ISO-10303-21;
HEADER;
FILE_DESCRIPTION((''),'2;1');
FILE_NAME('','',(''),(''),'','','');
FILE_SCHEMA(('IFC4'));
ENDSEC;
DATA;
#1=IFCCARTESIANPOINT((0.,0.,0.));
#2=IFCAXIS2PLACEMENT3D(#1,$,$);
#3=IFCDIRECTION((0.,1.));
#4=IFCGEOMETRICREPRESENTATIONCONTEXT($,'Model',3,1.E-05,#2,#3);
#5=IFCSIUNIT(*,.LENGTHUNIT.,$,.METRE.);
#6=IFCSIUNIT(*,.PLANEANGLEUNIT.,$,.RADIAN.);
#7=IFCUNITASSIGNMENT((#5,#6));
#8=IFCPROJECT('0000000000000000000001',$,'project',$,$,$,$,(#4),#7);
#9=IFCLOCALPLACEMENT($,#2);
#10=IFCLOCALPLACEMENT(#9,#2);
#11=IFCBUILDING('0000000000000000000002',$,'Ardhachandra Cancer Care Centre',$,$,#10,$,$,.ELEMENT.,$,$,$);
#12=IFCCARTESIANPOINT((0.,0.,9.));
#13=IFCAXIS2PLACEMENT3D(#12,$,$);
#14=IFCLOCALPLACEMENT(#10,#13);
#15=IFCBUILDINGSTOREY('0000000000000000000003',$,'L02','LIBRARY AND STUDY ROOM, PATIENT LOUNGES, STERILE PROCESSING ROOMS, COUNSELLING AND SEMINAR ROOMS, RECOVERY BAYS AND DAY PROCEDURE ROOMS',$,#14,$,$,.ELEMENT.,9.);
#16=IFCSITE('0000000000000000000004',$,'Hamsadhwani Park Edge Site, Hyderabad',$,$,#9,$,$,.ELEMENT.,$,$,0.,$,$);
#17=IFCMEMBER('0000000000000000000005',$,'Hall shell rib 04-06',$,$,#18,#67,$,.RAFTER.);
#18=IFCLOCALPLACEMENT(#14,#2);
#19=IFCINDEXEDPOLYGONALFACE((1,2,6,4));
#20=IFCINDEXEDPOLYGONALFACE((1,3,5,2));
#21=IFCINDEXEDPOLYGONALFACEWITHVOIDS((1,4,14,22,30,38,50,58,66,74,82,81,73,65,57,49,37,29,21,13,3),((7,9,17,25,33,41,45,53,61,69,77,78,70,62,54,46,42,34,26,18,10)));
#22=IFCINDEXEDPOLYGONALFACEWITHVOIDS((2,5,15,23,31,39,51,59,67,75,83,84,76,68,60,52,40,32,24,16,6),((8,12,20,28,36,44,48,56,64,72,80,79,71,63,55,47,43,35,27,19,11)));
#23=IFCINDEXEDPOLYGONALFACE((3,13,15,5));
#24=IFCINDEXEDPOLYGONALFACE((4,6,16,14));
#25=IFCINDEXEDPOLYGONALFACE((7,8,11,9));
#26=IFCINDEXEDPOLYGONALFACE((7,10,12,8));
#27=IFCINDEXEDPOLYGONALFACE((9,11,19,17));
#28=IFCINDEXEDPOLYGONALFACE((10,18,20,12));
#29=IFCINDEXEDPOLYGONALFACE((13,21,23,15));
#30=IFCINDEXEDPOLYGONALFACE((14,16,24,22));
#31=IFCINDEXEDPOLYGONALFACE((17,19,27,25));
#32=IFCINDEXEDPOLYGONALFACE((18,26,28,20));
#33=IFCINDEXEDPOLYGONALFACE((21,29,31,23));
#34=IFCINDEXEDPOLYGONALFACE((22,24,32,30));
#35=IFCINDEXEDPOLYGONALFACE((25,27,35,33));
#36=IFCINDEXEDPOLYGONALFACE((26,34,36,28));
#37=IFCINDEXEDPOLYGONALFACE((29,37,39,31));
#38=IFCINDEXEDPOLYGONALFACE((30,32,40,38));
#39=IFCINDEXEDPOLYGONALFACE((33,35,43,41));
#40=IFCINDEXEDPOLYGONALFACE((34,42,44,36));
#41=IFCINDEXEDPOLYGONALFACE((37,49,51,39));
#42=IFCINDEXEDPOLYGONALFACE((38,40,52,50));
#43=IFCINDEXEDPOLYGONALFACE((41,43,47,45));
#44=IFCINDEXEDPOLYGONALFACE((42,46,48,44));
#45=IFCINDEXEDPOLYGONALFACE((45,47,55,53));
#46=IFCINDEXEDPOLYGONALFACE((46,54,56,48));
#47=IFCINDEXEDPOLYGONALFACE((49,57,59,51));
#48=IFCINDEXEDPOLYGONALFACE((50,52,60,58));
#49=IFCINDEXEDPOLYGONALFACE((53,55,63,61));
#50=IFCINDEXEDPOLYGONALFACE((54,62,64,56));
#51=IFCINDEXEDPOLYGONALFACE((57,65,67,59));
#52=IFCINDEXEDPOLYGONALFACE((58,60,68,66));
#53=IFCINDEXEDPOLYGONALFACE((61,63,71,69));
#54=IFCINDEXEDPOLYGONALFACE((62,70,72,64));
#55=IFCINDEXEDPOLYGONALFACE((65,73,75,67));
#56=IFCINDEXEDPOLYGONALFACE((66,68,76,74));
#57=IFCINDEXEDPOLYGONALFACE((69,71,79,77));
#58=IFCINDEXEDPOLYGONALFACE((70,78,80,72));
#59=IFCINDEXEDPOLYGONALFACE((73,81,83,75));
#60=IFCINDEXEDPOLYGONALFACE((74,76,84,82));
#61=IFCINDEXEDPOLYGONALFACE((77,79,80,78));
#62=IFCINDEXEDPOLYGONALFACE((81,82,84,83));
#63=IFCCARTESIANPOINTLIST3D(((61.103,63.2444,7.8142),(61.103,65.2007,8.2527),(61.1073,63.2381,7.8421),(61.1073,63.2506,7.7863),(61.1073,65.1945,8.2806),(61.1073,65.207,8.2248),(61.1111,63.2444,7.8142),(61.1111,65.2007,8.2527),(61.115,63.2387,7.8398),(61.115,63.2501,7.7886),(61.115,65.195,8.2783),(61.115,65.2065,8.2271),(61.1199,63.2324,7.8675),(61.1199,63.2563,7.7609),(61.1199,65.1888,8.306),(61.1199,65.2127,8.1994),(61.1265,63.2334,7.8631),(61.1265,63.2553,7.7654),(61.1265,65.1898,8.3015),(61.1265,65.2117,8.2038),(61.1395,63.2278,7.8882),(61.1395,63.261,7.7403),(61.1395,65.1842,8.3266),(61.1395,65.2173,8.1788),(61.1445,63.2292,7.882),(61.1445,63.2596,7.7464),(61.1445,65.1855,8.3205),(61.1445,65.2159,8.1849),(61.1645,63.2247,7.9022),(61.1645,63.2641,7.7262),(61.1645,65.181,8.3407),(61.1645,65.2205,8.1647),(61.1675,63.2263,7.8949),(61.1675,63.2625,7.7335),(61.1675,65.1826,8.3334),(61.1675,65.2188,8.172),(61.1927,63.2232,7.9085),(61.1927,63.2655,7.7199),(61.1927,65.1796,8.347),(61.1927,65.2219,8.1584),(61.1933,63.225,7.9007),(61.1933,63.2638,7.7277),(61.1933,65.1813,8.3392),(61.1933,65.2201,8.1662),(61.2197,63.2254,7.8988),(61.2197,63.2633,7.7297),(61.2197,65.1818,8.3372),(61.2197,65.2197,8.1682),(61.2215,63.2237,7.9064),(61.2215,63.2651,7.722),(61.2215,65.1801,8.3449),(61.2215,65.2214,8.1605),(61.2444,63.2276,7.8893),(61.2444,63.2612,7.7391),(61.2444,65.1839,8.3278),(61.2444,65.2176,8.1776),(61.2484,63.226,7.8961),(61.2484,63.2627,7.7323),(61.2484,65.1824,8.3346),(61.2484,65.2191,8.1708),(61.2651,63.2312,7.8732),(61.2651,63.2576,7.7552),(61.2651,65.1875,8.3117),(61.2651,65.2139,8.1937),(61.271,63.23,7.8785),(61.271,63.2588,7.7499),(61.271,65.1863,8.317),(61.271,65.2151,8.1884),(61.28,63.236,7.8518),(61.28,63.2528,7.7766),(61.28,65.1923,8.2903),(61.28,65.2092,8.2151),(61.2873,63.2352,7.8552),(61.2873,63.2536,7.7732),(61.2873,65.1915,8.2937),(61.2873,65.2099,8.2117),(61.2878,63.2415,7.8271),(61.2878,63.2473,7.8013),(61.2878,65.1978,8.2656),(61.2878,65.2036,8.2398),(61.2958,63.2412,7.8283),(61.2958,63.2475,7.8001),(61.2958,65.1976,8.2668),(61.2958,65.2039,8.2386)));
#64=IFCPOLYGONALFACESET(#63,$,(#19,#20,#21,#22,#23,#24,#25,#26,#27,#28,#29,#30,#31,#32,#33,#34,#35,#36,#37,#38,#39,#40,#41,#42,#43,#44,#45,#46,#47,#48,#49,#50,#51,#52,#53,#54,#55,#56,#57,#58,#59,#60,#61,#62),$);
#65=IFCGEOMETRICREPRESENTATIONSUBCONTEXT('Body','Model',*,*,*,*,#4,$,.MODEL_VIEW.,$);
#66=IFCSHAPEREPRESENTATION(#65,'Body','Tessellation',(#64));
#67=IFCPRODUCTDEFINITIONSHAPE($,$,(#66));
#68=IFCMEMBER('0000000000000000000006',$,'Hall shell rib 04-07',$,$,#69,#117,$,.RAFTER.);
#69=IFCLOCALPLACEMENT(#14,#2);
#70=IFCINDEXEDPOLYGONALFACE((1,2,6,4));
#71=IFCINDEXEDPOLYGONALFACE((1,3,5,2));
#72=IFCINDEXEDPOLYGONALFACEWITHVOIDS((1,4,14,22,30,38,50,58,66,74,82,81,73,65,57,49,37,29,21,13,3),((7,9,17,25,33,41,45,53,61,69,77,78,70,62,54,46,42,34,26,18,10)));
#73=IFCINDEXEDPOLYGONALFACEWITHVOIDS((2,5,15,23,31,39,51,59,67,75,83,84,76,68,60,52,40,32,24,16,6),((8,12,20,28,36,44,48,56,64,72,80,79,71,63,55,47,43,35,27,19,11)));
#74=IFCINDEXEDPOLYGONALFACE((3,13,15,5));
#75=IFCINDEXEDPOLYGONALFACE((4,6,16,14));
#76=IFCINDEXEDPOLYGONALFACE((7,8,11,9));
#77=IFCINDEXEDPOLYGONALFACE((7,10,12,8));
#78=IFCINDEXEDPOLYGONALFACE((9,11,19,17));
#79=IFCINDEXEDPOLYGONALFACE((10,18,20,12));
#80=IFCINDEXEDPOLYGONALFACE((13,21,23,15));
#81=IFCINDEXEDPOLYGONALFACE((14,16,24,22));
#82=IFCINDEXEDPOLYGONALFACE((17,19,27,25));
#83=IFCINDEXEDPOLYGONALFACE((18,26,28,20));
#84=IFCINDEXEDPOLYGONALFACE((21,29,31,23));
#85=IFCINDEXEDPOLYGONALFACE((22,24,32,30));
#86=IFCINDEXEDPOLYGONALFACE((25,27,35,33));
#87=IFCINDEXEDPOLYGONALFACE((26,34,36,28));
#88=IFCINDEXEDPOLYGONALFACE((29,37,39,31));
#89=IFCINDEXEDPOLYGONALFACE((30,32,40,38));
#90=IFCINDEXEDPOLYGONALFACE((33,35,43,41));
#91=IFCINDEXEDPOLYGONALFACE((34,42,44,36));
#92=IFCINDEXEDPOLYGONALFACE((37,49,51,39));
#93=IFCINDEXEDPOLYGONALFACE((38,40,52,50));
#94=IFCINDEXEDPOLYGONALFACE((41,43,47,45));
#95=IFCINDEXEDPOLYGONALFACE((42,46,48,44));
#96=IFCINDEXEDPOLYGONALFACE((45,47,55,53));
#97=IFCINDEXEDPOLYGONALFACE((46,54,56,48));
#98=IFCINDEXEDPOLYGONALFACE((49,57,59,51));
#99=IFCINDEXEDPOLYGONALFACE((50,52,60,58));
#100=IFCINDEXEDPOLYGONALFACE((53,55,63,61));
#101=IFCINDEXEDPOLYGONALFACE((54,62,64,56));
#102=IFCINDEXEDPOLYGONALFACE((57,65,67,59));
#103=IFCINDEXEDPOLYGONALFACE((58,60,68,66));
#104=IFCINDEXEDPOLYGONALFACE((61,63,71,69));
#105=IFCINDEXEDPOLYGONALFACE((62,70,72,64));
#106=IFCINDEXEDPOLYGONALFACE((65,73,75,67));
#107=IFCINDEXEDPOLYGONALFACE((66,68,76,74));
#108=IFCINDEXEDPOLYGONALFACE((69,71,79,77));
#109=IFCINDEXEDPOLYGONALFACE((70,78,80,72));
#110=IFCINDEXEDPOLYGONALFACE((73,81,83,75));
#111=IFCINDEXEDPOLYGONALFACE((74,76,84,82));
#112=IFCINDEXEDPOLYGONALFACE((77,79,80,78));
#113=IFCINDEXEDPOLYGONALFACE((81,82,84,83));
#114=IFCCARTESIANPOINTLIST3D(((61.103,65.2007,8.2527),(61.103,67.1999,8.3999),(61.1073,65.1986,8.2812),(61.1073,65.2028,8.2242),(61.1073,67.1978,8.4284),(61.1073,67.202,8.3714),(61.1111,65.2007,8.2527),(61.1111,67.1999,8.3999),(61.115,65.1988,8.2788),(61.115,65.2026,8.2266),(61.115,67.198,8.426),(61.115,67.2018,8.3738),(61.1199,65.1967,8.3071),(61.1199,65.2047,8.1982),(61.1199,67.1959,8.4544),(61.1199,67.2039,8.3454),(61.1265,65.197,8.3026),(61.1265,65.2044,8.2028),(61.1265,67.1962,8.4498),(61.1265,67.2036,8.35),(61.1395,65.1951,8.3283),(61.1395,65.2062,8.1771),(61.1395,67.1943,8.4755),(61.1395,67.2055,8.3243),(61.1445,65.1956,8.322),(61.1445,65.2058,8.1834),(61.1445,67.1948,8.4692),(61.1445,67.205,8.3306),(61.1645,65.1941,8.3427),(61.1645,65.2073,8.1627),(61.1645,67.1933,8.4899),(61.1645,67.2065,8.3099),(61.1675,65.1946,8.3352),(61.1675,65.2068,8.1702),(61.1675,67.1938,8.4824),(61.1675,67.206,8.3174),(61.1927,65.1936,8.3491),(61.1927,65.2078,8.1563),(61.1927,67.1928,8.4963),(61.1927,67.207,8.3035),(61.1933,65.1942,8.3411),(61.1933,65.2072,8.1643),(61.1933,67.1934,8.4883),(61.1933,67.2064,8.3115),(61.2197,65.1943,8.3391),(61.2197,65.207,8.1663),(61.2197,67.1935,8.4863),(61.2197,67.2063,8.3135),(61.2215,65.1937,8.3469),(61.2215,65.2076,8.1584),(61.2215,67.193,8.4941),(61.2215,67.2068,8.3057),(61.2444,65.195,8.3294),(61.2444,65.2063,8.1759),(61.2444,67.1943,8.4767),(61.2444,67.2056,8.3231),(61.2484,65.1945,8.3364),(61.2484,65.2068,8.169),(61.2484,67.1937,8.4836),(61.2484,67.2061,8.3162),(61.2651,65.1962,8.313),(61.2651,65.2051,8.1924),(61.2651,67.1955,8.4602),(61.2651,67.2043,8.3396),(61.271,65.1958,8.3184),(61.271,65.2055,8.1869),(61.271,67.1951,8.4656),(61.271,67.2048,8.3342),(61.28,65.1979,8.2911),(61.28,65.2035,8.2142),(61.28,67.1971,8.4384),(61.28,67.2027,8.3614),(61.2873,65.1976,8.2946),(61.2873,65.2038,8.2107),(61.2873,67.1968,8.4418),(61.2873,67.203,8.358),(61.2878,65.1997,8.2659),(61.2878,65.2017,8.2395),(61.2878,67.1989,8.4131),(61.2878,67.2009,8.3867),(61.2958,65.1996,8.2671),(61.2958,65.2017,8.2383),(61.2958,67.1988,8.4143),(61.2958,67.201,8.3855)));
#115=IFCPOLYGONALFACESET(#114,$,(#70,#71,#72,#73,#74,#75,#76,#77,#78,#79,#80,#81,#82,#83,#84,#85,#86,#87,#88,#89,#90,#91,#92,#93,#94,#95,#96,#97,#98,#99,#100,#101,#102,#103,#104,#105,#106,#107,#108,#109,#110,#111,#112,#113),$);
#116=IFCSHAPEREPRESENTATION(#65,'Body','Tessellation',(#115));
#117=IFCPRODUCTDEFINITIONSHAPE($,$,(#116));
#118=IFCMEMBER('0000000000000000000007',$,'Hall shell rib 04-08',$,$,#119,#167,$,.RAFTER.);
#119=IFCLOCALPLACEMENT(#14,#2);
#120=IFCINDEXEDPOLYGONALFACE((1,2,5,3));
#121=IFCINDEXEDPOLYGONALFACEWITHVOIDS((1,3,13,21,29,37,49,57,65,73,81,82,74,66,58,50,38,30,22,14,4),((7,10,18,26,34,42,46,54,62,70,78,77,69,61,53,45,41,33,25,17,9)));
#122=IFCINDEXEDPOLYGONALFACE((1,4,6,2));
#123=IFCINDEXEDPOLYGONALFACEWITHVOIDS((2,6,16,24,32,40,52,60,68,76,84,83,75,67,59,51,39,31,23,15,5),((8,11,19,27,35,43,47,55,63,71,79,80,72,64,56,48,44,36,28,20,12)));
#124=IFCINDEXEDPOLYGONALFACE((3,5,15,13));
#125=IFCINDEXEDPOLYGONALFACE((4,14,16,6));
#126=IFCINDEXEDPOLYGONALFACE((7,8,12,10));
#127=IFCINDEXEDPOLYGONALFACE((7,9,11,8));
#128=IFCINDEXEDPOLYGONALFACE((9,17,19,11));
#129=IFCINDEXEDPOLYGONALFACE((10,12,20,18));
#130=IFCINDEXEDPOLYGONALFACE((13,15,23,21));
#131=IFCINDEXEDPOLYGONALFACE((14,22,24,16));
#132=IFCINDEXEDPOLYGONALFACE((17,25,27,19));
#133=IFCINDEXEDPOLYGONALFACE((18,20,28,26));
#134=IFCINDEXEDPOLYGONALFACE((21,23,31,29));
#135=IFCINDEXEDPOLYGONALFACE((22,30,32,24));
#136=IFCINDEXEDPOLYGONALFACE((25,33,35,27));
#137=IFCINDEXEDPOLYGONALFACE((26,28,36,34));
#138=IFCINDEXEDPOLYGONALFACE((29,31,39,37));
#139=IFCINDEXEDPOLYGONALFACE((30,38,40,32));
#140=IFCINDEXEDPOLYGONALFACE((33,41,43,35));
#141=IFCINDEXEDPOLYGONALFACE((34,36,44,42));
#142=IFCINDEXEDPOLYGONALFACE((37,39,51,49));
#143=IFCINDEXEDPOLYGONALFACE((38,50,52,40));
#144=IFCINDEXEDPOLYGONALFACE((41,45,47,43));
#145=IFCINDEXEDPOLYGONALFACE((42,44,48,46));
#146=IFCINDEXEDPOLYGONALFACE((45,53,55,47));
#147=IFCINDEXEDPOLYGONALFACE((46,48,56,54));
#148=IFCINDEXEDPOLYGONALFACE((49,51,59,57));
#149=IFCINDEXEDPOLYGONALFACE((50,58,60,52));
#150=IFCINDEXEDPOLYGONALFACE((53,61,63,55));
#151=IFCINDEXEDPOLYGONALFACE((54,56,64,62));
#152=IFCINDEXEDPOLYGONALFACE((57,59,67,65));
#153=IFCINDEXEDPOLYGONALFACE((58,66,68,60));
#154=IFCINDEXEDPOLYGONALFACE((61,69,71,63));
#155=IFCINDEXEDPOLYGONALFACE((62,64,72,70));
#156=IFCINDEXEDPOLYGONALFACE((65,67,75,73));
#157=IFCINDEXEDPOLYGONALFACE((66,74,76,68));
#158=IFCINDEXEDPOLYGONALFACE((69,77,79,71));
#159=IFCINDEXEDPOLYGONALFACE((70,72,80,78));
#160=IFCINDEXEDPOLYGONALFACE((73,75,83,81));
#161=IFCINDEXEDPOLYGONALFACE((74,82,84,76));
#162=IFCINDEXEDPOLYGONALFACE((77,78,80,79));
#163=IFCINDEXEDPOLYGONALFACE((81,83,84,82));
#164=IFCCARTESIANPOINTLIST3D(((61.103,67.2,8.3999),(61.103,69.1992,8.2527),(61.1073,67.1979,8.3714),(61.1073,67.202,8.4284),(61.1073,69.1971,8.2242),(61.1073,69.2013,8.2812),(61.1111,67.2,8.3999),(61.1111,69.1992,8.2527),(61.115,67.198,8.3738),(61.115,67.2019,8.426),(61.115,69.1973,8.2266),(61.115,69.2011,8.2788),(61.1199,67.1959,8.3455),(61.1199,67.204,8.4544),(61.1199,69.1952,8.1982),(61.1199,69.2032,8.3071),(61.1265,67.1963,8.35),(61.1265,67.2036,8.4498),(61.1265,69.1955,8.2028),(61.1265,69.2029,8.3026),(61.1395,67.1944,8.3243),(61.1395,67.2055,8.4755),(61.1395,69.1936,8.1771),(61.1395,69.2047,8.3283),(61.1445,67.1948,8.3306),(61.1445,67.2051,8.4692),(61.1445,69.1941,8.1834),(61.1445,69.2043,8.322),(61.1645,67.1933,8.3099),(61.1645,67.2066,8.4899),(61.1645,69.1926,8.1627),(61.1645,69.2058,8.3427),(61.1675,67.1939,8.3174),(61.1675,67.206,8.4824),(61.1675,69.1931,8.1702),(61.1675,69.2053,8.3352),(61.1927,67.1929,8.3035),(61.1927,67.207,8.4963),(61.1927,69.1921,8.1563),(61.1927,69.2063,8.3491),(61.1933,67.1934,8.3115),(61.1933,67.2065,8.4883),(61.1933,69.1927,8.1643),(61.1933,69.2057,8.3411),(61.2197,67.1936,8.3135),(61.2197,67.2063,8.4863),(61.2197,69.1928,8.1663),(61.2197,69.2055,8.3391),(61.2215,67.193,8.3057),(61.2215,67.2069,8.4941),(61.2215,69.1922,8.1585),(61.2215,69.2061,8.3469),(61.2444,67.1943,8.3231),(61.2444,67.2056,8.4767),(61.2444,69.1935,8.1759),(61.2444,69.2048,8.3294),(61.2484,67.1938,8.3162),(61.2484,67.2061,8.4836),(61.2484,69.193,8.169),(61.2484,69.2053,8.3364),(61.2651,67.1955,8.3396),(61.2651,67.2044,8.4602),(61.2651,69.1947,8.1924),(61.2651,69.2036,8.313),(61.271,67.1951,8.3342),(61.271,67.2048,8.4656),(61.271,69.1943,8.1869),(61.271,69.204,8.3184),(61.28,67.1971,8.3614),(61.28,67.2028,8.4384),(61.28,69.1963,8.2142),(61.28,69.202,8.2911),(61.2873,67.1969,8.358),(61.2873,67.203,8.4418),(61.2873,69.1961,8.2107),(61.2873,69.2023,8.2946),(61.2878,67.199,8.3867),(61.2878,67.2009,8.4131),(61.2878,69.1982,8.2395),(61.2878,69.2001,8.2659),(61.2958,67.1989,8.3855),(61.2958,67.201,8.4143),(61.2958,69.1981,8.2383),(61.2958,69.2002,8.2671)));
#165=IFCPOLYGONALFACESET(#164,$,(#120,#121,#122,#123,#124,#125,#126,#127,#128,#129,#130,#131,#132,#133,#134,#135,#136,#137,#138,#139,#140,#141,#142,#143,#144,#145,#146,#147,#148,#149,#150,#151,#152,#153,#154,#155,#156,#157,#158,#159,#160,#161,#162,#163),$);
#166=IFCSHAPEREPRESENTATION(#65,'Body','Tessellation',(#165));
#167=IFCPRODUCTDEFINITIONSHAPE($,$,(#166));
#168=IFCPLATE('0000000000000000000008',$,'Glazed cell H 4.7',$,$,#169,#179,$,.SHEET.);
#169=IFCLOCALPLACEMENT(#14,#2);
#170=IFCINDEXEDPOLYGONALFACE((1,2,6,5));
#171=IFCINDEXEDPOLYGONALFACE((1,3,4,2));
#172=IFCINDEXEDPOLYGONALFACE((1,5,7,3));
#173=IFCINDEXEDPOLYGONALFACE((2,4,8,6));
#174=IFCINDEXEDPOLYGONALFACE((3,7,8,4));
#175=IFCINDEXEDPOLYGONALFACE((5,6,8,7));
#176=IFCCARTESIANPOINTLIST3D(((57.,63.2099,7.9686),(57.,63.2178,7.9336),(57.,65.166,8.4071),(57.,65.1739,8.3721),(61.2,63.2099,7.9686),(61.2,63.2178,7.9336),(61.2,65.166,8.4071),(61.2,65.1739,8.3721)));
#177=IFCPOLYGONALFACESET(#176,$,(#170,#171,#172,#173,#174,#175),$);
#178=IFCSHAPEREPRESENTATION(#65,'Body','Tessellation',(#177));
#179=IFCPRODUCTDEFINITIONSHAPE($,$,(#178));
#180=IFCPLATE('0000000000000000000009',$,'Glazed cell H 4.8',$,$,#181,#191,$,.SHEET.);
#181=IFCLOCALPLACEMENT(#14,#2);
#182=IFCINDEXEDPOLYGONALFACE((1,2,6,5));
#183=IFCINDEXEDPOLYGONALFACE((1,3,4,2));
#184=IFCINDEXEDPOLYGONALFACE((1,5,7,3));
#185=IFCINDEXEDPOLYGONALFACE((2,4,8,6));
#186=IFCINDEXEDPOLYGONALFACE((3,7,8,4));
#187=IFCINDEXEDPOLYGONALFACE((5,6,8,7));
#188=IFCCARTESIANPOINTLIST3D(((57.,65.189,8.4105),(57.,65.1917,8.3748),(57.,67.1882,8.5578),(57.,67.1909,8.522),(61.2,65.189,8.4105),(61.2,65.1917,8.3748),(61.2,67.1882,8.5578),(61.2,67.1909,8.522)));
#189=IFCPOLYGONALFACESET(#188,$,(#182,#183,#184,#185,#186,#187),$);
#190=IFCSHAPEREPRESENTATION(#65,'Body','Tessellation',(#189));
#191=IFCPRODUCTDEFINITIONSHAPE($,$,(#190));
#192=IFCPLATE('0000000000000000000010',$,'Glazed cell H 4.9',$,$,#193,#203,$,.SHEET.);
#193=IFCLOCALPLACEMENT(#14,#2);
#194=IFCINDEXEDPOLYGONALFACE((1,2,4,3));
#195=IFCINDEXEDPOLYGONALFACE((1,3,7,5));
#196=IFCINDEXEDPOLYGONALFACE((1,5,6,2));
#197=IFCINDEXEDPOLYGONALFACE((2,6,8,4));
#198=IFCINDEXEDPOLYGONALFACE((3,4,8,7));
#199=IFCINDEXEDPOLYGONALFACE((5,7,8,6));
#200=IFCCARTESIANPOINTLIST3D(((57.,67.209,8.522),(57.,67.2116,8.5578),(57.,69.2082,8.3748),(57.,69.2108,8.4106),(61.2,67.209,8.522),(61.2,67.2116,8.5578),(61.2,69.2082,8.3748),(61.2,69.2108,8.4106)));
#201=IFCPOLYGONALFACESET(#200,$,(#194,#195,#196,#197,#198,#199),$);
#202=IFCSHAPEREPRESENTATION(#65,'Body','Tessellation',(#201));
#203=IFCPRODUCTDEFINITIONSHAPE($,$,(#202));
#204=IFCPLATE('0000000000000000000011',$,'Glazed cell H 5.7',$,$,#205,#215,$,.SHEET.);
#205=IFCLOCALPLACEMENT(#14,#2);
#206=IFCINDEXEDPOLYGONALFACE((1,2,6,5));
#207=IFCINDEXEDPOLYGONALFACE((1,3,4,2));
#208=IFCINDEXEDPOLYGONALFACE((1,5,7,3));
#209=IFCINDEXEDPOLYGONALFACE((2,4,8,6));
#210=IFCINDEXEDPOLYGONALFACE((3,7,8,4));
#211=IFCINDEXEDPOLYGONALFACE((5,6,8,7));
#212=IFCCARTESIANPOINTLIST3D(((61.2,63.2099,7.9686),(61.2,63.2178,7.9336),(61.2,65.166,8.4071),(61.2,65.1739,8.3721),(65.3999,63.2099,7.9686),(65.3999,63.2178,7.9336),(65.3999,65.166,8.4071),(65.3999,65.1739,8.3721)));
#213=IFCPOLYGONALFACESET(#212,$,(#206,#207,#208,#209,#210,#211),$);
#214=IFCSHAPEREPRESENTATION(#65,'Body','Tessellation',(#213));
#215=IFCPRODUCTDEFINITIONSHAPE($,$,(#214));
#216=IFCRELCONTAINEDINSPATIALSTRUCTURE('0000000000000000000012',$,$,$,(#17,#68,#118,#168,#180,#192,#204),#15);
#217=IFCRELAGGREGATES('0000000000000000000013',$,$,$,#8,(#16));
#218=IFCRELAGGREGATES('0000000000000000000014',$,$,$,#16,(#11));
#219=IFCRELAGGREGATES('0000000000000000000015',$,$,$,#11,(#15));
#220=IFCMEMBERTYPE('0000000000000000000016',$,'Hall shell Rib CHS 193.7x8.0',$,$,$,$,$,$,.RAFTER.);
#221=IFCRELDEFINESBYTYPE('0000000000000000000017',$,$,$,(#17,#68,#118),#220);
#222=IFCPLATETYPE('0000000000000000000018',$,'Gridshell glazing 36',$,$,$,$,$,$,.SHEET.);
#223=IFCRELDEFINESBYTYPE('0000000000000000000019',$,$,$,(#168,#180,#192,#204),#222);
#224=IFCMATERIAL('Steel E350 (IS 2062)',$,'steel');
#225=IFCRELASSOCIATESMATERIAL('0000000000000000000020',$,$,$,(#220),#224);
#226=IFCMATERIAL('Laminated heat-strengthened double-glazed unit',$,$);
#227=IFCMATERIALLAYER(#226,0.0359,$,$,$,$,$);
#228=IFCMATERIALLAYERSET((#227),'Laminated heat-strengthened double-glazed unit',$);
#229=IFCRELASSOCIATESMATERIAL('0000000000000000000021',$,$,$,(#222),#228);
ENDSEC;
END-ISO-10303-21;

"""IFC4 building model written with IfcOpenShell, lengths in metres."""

from ifc_helpers import new_model, si_unit, direction, frame, origin, origin_2d, place, context, subcontext, project, spatial, polyline, hollow_circle, outline, extrude, material, layer, layer_set, material_profile, profile_set, type_object, element, save


model = new_model("IFC4")

# Units and contexts
model_context = context("Model", 3, precision=1e-05, world=origin(), true_north=direction((0.0, 1.0)))
body_context = subcontext(model_context, "Body", "Model", "MODEL_VIEW")
ifc_project = project(units=[si_unit("LENGTHUNIT", "METRE"), si_unit("PLANEANGLEUNIT", "RADIAN")], contexts=[model_context])

# Site, building, storey
site_placement = place(None, origin())
site = spatial("IfcSite", under=ifc_project, at=site_placement, Name="Hamsadhwani Park Edge Site, Hyderabad", CompositionType="ELEMENT", RefElevation=0.0)
building_placement = place(site_placement, origin())
building = spatial("IfcBuilding", under=site, at=building_placement, Name="Ardhachandra Cancer Care Centre", CompositionType="ELEMENT")
storey_placement = place(building_placement, frame((0.0, 0.0, 9.0)))
storey = spatial("IfcBuildingStorey", under=building, at=storey_placement, Name="L02", Description="LIBRARY AND STUDY ROOM, PATIENT LOUNGES, STERILE PROCESSING ROOMS, COUNSELLING AND SEMINAR ROOMS, RECOVERY BAYS AND DAY PROCEDURE ROOMS", CompositionType="ELEMENT", Elevation=9.0)

# Members
ifc_material_1 = material(Name="Steel E350 (IS 2062)", Category="steel")
ifc_material_profile_1 = material_profile(ifc_material_1, hollow_circle(Radius=0.0969, WallThickness=0.0081, at=origin_2d()), Name="CHS 193.7x8.0")
ifc_profile_set_1 = profile_set([ifc_material_profile_1], Name="Steel E350 (IS 2062)")
member_type_1 = type_object("IfcMemberType", Name="Hall shell Rib CHS 193.7x8.0", PredefinedType="RAFTER", material=ifc_profile_set_1)
member_1_placement = place(storey_placement, frame((61.2, 63.2444, 7.8142), z_axis=(0.0, 0.97579, 0.218709), x_axis=(-1.0, 0.0, 0.0)))
element("IfcMember", 1, at=member_1_placement, inside=storey, type_object=member_type_1, Name="Hall shell rib 04-06", PredefinedType="RAFTER", context=body_context, shape_type="SweptSolid", body=[
    extrude(hollow_circle(Radius=0.0969, WallThickness=0.0081, at=origin_2d()), origin(), (0.0, 0.0, 1.0), 2.0049),
])
for number, where, z_axis, x_axis, name in (
    (2, (61.2, 65.2007, 8.2527), (0.0, 0.9973, 0.073437), (-1.0, 0.0, 0.0), "Hall shell rib 04-07"),
    (3, (61.2, 67.2, 8.3999), (0.0, 0.9973, -0.073437), (-1.0, 0.0, 0.0), "Hall shell rib 04-08"),
):
    element("IfcMember", number, at=place(storey_placement, frame(where, z_axis=z_axis, x_axis=x_axis)), inside=storey, type_object=member_type_1, Name=name, PredefinedType="RAFTER", context=body_context, shape_type="SweptSolid", body=[
        extrude(hollow_circle(Radius=0.0969, WallThickness=0.0081, at=origin_2d()), origin(), (0.0, 0.0, 1.0), 2.0046),
    ])

# Plates
ifc_material_2 = material(Name="Laminated heat-strengthened double-glazed unit")
ifc_layer = layer(ifc_material_2, 0.0359)
ifc_layer_set = layer_set([ifc_layer], Name="Laminated heat-strengthened double-glazed unit")
plate_type = type_object("IfcPlateType", Name="Gridshell glazing 36", PredefinedType="SHEET", material=ifc_layer_set)
for number, where, z_axis, x_axis, name in (
    (4, (57.0, 63.2178, 7.9336), (0.0, -0.218735, 0.975784), (1.0, 0.0, 0.0), "Glazed cell H 4.7"),
    (5, (57.0, 65.1917, 8.3748), (0.0, -0.073437, 0.9973), (1.0, 0.0, 0.0), "Glazed cell H 4.8"),
    (6, (57.0, 67.209, 8.522), (0.0, 0.073437, 0.9973), (1.0, 0.0, 0.0), "Glazed cell H 4.9"),
    (7, (61.2, 63.2178, 7.9336), (0.0, -0.218735, 0.975784), (1.0, 0.0, 0.0), "Glazed cell H 5.7"),
):
    element("IfcPlate", number, at=place(storey_placement, frame(where, z_axis=z_axis, x_axis=x_axis)), inside=storey, type_object=plate_type, Name=name, PredefinedType="SHEET", context=body_context, shape_type="SweptSolid", body=[
        extrude(outline(polyline([(0.0, 0.0), (4.2, 0.0), (4.2, 2.0046), (0.0, 2.0046), (0.0, 0.0)])), origin(), (0.0, 0.0, 1.0), 0.0359),
    ])

save(model, "model.ifc")
